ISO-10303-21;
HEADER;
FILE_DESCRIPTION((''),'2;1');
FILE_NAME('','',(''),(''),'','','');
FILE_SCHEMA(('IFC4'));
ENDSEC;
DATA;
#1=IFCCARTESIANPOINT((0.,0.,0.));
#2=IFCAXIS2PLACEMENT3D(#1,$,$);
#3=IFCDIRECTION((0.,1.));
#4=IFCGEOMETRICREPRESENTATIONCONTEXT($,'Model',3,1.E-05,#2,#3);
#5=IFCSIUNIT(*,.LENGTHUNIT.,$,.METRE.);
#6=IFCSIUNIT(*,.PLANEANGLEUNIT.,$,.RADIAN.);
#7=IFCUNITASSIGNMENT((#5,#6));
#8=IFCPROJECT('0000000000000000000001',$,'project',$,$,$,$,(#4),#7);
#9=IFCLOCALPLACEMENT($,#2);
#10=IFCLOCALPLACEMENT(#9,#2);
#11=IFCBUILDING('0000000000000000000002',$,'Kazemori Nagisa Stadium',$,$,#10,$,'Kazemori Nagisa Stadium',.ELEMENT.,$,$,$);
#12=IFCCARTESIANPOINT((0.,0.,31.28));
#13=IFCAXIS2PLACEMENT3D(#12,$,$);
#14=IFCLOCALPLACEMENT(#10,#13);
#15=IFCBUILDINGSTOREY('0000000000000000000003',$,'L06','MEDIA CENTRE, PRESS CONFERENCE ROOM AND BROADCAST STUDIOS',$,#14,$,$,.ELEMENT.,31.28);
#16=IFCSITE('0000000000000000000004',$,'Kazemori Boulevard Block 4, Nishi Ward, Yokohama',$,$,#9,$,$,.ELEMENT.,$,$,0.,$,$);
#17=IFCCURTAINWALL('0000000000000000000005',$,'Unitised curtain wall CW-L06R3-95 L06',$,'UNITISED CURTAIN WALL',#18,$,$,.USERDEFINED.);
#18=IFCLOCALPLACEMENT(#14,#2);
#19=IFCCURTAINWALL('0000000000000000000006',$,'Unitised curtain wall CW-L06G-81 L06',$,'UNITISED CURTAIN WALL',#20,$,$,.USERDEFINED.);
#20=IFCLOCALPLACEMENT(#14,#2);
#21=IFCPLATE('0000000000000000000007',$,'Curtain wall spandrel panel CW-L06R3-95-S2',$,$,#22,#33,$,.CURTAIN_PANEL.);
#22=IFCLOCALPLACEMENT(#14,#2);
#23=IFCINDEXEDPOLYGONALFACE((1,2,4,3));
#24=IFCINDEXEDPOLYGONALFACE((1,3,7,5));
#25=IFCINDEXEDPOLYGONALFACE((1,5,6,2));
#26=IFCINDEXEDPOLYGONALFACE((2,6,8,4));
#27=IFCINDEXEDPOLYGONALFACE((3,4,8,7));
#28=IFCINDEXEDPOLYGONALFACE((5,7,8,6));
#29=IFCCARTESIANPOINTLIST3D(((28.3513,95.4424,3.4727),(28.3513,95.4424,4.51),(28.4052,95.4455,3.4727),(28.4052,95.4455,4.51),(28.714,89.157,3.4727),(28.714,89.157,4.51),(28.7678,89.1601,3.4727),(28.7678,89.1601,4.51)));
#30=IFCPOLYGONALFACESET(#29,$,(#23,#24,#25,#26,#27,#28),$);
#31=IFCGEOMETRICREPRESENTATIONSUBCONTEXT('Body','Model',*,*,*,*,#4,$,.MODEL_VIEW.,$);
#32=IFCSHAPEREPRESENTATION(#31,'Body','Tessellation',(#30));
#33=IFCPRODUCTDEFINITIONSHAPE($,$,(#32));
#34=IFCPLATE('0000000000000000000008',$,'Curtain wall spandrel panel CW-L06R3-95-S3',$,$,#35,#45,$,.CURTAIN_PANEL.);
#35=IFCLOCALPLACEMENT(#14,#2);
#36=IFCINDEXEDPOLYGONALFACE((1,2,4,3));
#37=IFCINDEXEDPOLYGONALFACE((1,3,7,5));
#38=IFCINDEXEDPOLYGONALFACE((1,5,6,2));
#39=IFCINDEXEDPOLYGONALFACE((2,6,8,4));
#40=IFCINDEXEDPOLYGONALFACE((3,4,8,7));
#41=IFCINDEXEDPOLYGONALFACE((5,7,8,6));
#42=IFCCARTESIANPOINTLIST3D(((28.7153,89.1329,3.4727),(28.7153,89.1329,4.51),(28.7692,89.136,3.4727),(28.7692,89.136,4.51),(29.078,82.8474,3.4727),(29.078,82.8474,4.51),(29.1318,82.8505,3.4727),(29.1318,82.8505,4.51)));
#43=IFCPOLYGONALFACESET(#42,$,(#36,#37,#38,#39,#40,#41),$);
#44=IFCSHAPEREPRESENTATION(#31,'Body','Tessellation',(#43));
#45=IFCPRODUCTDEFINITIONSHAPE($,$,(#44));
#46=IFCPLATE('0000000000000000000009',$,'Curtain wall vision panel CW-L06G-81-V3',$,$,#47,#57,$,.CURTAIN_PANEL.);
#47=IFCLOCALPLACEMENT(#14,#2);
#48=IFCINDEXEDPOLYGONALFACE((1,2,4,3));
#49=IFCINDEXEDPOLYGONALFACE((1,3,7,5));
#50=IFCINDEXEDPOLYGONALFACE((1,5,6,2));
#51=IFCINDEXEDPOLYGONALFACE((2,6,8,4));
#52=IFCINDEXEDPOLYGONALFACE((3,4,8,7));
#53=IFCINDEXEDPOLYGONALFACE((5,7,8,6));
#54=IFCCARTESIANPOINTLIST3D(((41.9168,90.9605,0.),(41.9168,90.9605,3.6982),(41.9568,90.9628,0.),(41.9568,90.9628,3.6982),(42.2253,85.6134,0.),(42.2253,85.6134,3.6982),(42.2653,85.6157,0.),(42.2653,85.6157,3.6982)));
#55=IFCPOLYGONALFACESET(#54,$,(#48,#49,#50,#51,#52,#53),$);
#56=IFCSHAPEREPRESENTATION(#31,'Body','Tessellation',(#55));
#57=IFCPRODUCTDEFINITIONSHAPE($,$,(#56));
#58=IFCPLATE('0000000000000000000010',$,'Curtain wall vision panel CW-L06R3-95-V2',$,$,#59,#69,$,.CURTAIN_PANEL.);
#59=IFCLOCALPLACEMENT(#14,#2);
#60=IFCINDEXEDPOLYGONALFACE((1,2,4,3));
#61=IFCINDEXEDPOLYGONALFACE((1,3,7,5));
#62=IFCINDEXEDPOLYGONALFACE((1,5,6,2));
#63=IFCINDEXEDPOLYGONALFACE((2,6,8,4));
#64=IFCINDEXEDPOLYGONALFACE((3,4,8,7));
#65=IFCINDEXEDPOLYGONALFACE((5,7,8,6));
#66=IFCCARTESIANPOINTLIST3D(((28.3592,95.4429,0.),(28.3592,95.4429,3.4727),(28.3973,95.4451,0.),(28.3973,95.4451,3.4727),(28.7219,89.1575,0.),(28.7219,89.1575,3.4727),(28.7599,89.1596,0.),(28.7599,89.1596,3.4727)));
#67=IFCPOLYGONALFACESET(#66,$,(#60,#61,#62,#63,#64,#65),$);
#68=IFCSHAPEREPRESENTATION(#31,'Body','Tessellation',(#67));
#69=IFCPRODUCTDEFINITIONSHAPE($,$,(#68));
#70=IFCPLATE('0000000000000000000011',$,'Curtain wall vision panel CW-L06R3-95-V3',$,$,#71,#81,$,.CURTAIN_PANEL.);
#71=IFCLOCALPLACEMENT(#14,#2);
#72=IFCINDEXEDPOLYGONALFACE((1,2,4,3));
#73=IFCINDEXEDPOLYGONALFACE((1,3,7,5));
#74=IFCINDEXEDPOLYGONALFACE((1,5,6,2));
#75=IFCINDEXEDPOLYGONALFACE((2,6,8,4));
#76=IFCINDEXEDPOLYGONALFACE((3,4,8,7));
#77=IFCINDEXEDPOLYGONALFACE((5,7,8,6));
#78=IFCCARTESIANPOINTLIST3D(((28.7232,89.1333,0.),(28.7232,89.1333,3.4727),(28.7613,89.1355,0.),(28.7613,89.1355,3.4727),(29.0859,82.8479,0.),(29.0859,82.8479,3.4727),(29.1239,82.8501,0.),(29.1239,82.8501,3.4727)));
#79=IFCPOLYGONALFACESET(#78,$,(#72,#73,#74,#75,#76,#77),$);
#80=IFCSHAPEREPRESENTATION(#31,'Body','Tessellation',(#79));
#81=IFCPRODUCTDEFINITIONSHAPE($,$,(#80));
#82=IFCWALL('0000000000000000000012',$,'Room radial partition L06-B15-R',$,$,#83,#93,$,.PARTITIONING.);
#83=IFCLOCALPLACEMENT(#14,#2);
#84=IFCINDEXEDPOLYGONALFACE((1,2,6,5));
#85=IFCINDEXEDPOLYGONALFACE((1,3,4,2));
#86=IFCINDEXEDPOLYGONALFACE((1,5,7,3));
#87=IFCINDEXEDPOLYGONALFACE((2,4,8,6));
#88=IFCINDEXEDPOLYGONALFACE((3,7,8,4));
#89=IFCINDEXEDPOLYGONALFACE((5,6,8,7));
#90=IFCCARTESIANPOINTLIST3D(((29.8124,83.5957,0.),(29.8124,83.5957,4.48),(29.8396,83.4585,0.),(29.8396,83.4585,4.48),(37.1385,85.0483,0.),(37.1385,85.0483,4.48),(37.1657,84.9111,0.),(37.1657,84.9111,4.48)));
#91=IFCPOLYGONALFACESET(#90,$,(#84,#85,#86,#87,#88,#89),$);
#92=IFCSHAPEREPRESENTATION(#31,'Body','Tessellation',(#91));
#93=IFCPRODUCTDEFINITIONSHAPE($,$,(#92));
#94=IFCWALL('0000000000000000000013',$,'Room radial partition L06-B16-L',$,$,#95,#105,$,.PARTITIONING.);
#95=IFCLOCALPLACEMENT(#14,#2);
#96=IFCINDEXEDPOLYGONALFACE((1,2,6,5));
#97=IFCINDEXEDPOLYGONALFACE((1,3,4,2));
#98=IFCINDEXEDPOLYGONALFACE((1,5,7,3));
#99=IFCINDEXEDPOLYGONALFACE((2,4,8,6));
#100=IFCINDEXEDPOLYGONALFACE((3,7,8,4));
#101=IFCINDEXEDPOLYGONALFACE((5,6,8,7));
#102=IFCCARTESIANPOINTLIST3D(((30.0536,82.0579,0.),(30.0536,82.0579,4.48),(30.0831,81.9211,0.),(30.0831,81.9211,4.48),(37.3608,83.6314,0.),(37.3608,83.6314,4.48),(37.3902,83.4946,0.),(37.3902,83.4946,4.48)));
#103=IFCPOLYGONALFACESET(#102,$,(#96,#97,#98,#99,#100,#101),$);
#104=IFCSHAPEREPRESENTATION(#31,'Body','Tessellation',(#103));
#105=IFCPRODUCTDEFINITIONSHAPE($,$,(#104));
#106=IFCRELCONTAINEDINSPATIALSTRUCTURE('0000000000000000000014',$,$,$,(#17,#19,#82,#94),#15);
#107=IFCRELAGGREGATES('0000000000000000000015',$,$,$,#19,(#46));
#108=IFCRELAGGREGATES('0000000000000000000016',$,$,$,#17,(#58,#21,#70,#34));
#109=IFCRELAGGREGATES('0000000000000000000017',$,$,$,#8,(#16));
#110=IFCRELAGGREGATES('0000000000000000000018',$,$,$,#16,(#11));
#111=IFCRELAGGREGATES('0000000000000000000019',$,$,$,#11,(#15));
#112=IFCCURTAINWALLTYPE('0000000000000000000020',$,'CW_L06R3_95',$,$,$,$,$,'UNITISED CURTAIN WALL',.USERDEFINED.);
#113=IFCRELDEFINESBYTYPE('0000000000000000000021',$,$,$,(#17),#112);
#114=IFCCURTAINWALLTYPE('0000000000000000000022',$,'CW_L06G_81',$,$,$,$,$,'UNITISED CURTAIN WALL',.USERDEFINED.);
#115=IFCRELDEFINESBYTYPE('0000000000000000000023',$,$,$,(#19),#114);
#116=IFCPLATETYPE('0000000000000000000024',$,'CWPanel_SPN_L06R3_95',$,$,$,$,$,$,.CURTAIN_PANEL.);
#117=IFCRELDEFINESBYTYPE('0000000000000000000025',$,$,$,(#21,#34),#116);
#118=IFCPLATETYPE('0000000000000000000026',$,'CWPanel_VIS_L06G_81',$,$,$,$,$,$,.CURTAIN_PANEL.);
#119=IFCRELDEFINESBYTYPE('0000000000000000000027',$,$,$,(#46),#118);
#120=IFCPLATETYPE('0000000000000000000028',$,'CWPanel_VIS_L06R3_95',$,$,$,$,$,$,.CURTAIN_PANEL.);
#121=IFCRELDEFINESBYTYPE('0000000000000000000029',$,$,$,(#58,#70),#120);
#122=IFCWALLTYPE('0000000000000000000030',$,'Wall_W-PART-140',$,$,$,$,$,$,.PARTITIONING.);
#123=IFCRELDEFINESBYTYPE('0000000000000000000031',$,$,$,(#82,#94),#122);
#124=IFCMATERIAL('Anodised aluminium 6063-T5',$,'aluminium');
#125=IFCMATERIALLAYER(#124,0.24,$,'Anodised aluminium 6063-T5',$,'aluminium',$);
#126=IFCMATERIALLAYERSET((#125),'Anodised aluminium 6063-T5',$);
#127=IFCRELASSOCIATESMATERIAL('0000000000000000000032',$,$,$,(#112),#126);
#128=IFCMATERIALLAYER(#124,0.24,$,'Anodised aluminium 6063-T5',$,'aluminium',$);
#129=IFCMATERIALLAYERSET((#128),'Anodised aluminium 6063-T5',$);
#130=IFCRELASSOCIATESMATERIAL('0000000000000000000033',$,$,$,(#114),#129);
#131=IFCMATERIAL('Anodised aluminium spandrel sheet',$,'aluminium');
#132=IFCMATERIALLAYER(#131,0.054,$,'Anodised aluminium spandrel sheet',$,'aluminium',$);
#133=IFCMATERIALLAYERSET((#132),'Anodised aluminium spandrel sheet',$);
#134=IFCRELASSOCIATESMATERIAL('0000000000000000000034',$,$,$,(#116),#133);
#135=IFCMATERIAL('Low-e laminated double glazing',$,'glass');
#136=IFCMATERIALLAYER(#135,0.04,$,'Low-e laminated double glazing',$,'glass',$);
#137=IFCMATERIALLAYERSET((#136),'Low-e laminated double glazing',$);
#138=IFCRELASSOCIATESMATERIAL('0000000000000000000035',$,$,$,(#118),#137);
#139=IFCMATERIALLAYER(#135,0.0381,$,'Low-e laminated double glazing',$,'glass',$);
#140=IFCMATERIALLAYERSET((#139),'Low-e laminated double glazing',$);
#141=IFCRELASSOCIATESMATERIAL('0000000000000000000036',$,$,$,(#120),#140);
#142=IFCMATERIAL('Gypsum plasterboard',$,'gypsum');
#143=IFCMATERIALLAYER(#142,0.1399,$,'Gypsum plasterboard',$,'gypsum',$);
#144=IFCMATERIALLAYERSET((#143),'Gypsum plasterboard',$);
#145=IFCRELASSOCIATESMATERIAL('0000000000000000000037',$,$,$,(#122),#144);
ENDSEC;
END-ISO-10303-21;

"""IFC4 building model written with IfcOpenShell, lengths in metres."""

from ifc_helpers import new_model, si_unit, direction, frame, frame_2d, origin, origin_2d, place, context, subcontext, project, spatial, rectangle, extrude, material, layer, layer_set, type_object, element, aggregate, save


model = new_model("IFC4")

# Units and contexts
model_context = context("Model", 3, precision=1e-05, world=origin(), true_north=direction((0.0, 1.0)))
body_context = subcontext(model_context, "Body", "Model", "MODEL_VIEW")
ifc_project = project(units=[si_unit("LENGTHUNIT", "METRE"), si_unit("PLANEANGLEUNIT", "RADIAN")], contexts=[model_context])

# Site, building, storey
site_placement = place(None, origin())
site = spatial("IfcSite", under=ifc_project, at=site_placement, Name="Kazemori Boulevard Block 4, Nishi Ward, Yokohama", CompositionType="ELEMENT", RefElevation=0.0)
building_placement = place(site_placement, origin())
building = spatial("IfcBuilding", under=site, at=building_placement, Name="Kazemori Nagisa Stadium", LongName="Kazemori Nagisa Stadium", CompositionType="ELEMENT")
storey_placement = place(building_placement, frame((0.0, 0.0, 31.28)))
storey = spatial("IfcBuildingStorey", under=building, at=storey_placement, Name="L06", Description="MEDIA CENTRE, PRESS CONFERENCE ROOM AND BROADCAST STUDIOS", CompositionType="ELEMENT", Elevation=31.28)

# Curtain wall
ifc_material_1 = material(Name="Anodised aluminium 6063-T5", Category="aluminium")
ifc_layer_1 = layer(ifc_material_1, 0.24, Name="Anodised aluminium 6063-T5", Category="aluminium")
ifc_layer_set_1 = layer_set([ifc_layer_1], Name="Anodised aluminium 6063-T5")
curtain_wall_type_1 = type_object("IfcCurtainWallType", Name="CW_L06R3_95", ElementType="UNITISED CURTAIN WALL", PredefinedType="USERDEFINED", material=ifc_layer_set_1)
curtain_wall_1_placement = place(storey_placement, origin())
curtain_wall_1 = element("IfcCurtainWall", 1, at=curtain_wall_1_placement, inside=storey, type_object=curtain_wall_type_1, Name="Unitised curtain wall CW-L06R3-95 L06", ObjectType="UNITISED CURTAIN WALL", PredefinedType="USERDEFINED")

# Curtain wall
ifc_layer_2 = layer(ifc_material_1, 0.24, Name="Anodised aluminium 6063-T5", Category="aluminium")
ifc_layer_set_2 = layer_set([ifc_layer_2], Name="Anodised aluminium 6063-T5")
curtain_wall_type_2 = type_object("IfcCurtainWallType", Name="CW_L06G_81", ElementType="UNITISED CURTAIN WALL", PredefinedType="USERDEFINED", material=ifc_layer_set_2)
curtain_wall_2_placement = place(storey_placement, origin())
curtain_wall_2 = element("IfcCurtainWall", 2, at=curtain_wall_2_placement, inside=storey, type_object=curtain_wall_type_2, Name="Unitised curtain wall CW-L06G-81 L06", ObjectType="UNITISED CURTAIN WALL", PredefinedType="USERDEFINED")

# Plates
ifc_material_2 = material(Name="Anodised aluminium spandrel sheet", Category="aluminium")
ifc_layer_3 = layer(ifc_material_2, 0.054, Name="Anodised aluminium spandrel sheet", Category="aluminium")
ifc_layer_set_3 = layer_set([ifc_layer_3], Name="Anodised aluminium spandrel sheet")
plate_type_1 = type_object("IfcPlateType", Name="CWPanel_SPN_L06R3_95", PredefinedType="CURTAIN_PANEL", material=ifc_layer_set_3)
plate_1_placement = place(storey_placement, frame((28.5596, 92.3013, 3.4727), z_axis=(0.0, 0.0, 1.0), x_axis=(0.057602, -0.99834, 0.0)))
plate_1 = element("IfcPlate", 3, at=plate_1_placement, type_object=plate_type_1, Name="Curtain wall spandrel panel CW-L06R3-95-S2", PredefinedType="CURTAIN_PANEL", context=body_context, shape_type="SweptSolid", body=[
    extrude(rectangle(XDim=6.2959, YDim=0.054, at=origin_2d()), origin(), (0.0, 0.0, 1.0), 1.0374),
])
plate_2_placement = place(storey_placement, frame((28.9236, 85.9917, 3.4727), z_axis=(0.0, 0.0, 1.0), x_axis=(0.057602, -0.99834, 0.0)))
plate_2 = element("IfcPlate", 4, at=plate_2_placement, type_object=plate_type_1, Name="Curtain wall spandrel panel CW-L06R3-95-S3", PredefinedType="CURTAIN_PANEL", context=body_context, shape_type="SweptSolid", body=[
    extrude(rectangle(XDim=6.2959, YDim=0.054, at=origin_2d()), origin(), (0.0, 0.0, 1.0), 1.0374),
])
ifc_material_3 = material(Name="Low-e laminated double glazing", Category="glass")
ifc_layer_4 = layer(ifc_material_3, 0.04, Name="Low-e laminated double glazing", Category="glass")
ifc_layer_set_4 = layer_set([ifc_layer_4], Name="Low-e laminated double glazing")
plate_type_2 = type_object("IfcPlateType", Name="CWPanel_VIS_L06G_81", PredefinedType="CURTAIN_PANEL", material=ifc_layer_set_4)
plate_3_placement = place(storey_placement, frame((42.0911, 88.2881, 0.0), z_axis=(0.0, 0.0, 1.0), x_axis=(0.057602, -0.99834, 0.0)))
plate_3 = element("IfcPlate", 5, at=plate_3_placement, type_object=plate_type_2, Name="Curtain wall vision panel CW-L06G-81-V3", PredefinedType="CURTAIN_PANEL", context=body_context, shape_type="SweptSolid", body=[
    extrude(rectangle(XDim=5.356, YDim=0.04, at=origin_2d()), origin(), (0.0, 0.0, 1.0), 3.6982),
])
aggregate(curtain_wall_2, [plate_3])
ifc_layer_5 = layer(ifc_material_3, 0.0381, Name="Low-e laminated double glazing", Category="glass")
ifc_layer_set_5 = layer_set([ifc_layer_5], Name="Low-e laminated double glazing")
plate_type_3 = type_object("IfcPlateType", Name="CWPanel_VIS_L06R3_95", PredefinedType="CURTAIN_PANEL", material=ifc_layer_set_5)
plate_4_placement = place(storey_placement, frame((28.5596, 92.3013, 0.0), z_axis=(0.0, 0.0, 1.0), x_axis=(0.057602, -0.99834, 0.0)))
plate_4 = element("IfcPlate", 6, at=plate_4_placement, type_object=plate_type_3, Name="Curtain wall vision panel CW-L06R3-95-V2", PredefinedType="CURTAIN_PANEL", context=body_context, shape_type="SweptSolid", body=[
    extrude(rectangle(XDim=6.2959, YDim=0.0381, at=origin_2d()), origin(), (0.0, 0.0, 1.0), 3.4727),
])
plate_5_placement = place(storey_placement, frame((28.9236, 85.9917, 0.0), z_axis=(0.0, 0.0, 1.0), x_axis=(0.057602, -0.99834, 0.0)))
plate_5 = element("IfcPlate", 7, at=plate_5_placement, type_object=plate_type_3, Name="Curtain wall vision panel CW-L06R3-95-V3", PredefinedType="CURTAIN_PANEL", context=body_context, shape_type="SweptSolid", body=[
    extrude(rectangle(XDim=6.2959, YDim=0.0381, at=origin_2d()), origin(), (0.0, 0.0, 1.0), 3.4727),
])
aggregate(curtain_wall_1, [plate_4, plate_1, plate_5, plate_2])

# Walls
ifc_material_4 = material(Name="Gypsum plasterboard", Category="gypsum")
ifc_layer_6 = layer(ifc_material_4, 0.1399, Name="Gypsum plasterboard", Category="gypsum")
ifc_layer_set_6 = layer_set([ifc_layer_6], Name="Gypsum plasterboard")
wall_type = type_object("IfcWallType", Name="Wall_W-PART-140", PredefinedType="PARTITIONING", material=ifc_layer_set_6)
wall_1_placement = place(storey_placement, frame((37.1521, 84.9797, 0.0), z_axis=(0.0, 0.0, 1.0), x_axis=(-0.980904, -0.194494, 0.0)))
element("IfcWall", 8, at=wall_1_placement, inside=storey, type_object=wall_type, Name="Room radial partition L06-B15-R", PredefinedType="PARTITIONING", context=body_context, shape_type="SweptSolid", body=[
    extrude(rectangle(XDim=7.4688, YDim=0.1399, at=frame_2d((3.7344, 0.0))), origin(), (0.0, 0.0, 1.0), 4.48),
])
wall_2_placement = place(storey_placement, frame((37.3755, 83.563, 0.0), z_axis=(0.0, 0.0, 1.0), x_axis=(-0.977592, -0.21051, 0.0)))
element("IfcWall", 9, at=wall_2_placement, inside=storey, type_object=wall_type, Name="Room radial partition L06-B16-L", PredefinedType="PARTITIONING", context=body_context, shape_type="SweptSolid", body=[
    extrude(rectangle(XDim=7.4746, YDim=0.1399, at=frame_2d((3.7373, 0.0))), origin(), (0.0, 0.0, 1.0), 4.48),
])

save(model, "model.ifc")
